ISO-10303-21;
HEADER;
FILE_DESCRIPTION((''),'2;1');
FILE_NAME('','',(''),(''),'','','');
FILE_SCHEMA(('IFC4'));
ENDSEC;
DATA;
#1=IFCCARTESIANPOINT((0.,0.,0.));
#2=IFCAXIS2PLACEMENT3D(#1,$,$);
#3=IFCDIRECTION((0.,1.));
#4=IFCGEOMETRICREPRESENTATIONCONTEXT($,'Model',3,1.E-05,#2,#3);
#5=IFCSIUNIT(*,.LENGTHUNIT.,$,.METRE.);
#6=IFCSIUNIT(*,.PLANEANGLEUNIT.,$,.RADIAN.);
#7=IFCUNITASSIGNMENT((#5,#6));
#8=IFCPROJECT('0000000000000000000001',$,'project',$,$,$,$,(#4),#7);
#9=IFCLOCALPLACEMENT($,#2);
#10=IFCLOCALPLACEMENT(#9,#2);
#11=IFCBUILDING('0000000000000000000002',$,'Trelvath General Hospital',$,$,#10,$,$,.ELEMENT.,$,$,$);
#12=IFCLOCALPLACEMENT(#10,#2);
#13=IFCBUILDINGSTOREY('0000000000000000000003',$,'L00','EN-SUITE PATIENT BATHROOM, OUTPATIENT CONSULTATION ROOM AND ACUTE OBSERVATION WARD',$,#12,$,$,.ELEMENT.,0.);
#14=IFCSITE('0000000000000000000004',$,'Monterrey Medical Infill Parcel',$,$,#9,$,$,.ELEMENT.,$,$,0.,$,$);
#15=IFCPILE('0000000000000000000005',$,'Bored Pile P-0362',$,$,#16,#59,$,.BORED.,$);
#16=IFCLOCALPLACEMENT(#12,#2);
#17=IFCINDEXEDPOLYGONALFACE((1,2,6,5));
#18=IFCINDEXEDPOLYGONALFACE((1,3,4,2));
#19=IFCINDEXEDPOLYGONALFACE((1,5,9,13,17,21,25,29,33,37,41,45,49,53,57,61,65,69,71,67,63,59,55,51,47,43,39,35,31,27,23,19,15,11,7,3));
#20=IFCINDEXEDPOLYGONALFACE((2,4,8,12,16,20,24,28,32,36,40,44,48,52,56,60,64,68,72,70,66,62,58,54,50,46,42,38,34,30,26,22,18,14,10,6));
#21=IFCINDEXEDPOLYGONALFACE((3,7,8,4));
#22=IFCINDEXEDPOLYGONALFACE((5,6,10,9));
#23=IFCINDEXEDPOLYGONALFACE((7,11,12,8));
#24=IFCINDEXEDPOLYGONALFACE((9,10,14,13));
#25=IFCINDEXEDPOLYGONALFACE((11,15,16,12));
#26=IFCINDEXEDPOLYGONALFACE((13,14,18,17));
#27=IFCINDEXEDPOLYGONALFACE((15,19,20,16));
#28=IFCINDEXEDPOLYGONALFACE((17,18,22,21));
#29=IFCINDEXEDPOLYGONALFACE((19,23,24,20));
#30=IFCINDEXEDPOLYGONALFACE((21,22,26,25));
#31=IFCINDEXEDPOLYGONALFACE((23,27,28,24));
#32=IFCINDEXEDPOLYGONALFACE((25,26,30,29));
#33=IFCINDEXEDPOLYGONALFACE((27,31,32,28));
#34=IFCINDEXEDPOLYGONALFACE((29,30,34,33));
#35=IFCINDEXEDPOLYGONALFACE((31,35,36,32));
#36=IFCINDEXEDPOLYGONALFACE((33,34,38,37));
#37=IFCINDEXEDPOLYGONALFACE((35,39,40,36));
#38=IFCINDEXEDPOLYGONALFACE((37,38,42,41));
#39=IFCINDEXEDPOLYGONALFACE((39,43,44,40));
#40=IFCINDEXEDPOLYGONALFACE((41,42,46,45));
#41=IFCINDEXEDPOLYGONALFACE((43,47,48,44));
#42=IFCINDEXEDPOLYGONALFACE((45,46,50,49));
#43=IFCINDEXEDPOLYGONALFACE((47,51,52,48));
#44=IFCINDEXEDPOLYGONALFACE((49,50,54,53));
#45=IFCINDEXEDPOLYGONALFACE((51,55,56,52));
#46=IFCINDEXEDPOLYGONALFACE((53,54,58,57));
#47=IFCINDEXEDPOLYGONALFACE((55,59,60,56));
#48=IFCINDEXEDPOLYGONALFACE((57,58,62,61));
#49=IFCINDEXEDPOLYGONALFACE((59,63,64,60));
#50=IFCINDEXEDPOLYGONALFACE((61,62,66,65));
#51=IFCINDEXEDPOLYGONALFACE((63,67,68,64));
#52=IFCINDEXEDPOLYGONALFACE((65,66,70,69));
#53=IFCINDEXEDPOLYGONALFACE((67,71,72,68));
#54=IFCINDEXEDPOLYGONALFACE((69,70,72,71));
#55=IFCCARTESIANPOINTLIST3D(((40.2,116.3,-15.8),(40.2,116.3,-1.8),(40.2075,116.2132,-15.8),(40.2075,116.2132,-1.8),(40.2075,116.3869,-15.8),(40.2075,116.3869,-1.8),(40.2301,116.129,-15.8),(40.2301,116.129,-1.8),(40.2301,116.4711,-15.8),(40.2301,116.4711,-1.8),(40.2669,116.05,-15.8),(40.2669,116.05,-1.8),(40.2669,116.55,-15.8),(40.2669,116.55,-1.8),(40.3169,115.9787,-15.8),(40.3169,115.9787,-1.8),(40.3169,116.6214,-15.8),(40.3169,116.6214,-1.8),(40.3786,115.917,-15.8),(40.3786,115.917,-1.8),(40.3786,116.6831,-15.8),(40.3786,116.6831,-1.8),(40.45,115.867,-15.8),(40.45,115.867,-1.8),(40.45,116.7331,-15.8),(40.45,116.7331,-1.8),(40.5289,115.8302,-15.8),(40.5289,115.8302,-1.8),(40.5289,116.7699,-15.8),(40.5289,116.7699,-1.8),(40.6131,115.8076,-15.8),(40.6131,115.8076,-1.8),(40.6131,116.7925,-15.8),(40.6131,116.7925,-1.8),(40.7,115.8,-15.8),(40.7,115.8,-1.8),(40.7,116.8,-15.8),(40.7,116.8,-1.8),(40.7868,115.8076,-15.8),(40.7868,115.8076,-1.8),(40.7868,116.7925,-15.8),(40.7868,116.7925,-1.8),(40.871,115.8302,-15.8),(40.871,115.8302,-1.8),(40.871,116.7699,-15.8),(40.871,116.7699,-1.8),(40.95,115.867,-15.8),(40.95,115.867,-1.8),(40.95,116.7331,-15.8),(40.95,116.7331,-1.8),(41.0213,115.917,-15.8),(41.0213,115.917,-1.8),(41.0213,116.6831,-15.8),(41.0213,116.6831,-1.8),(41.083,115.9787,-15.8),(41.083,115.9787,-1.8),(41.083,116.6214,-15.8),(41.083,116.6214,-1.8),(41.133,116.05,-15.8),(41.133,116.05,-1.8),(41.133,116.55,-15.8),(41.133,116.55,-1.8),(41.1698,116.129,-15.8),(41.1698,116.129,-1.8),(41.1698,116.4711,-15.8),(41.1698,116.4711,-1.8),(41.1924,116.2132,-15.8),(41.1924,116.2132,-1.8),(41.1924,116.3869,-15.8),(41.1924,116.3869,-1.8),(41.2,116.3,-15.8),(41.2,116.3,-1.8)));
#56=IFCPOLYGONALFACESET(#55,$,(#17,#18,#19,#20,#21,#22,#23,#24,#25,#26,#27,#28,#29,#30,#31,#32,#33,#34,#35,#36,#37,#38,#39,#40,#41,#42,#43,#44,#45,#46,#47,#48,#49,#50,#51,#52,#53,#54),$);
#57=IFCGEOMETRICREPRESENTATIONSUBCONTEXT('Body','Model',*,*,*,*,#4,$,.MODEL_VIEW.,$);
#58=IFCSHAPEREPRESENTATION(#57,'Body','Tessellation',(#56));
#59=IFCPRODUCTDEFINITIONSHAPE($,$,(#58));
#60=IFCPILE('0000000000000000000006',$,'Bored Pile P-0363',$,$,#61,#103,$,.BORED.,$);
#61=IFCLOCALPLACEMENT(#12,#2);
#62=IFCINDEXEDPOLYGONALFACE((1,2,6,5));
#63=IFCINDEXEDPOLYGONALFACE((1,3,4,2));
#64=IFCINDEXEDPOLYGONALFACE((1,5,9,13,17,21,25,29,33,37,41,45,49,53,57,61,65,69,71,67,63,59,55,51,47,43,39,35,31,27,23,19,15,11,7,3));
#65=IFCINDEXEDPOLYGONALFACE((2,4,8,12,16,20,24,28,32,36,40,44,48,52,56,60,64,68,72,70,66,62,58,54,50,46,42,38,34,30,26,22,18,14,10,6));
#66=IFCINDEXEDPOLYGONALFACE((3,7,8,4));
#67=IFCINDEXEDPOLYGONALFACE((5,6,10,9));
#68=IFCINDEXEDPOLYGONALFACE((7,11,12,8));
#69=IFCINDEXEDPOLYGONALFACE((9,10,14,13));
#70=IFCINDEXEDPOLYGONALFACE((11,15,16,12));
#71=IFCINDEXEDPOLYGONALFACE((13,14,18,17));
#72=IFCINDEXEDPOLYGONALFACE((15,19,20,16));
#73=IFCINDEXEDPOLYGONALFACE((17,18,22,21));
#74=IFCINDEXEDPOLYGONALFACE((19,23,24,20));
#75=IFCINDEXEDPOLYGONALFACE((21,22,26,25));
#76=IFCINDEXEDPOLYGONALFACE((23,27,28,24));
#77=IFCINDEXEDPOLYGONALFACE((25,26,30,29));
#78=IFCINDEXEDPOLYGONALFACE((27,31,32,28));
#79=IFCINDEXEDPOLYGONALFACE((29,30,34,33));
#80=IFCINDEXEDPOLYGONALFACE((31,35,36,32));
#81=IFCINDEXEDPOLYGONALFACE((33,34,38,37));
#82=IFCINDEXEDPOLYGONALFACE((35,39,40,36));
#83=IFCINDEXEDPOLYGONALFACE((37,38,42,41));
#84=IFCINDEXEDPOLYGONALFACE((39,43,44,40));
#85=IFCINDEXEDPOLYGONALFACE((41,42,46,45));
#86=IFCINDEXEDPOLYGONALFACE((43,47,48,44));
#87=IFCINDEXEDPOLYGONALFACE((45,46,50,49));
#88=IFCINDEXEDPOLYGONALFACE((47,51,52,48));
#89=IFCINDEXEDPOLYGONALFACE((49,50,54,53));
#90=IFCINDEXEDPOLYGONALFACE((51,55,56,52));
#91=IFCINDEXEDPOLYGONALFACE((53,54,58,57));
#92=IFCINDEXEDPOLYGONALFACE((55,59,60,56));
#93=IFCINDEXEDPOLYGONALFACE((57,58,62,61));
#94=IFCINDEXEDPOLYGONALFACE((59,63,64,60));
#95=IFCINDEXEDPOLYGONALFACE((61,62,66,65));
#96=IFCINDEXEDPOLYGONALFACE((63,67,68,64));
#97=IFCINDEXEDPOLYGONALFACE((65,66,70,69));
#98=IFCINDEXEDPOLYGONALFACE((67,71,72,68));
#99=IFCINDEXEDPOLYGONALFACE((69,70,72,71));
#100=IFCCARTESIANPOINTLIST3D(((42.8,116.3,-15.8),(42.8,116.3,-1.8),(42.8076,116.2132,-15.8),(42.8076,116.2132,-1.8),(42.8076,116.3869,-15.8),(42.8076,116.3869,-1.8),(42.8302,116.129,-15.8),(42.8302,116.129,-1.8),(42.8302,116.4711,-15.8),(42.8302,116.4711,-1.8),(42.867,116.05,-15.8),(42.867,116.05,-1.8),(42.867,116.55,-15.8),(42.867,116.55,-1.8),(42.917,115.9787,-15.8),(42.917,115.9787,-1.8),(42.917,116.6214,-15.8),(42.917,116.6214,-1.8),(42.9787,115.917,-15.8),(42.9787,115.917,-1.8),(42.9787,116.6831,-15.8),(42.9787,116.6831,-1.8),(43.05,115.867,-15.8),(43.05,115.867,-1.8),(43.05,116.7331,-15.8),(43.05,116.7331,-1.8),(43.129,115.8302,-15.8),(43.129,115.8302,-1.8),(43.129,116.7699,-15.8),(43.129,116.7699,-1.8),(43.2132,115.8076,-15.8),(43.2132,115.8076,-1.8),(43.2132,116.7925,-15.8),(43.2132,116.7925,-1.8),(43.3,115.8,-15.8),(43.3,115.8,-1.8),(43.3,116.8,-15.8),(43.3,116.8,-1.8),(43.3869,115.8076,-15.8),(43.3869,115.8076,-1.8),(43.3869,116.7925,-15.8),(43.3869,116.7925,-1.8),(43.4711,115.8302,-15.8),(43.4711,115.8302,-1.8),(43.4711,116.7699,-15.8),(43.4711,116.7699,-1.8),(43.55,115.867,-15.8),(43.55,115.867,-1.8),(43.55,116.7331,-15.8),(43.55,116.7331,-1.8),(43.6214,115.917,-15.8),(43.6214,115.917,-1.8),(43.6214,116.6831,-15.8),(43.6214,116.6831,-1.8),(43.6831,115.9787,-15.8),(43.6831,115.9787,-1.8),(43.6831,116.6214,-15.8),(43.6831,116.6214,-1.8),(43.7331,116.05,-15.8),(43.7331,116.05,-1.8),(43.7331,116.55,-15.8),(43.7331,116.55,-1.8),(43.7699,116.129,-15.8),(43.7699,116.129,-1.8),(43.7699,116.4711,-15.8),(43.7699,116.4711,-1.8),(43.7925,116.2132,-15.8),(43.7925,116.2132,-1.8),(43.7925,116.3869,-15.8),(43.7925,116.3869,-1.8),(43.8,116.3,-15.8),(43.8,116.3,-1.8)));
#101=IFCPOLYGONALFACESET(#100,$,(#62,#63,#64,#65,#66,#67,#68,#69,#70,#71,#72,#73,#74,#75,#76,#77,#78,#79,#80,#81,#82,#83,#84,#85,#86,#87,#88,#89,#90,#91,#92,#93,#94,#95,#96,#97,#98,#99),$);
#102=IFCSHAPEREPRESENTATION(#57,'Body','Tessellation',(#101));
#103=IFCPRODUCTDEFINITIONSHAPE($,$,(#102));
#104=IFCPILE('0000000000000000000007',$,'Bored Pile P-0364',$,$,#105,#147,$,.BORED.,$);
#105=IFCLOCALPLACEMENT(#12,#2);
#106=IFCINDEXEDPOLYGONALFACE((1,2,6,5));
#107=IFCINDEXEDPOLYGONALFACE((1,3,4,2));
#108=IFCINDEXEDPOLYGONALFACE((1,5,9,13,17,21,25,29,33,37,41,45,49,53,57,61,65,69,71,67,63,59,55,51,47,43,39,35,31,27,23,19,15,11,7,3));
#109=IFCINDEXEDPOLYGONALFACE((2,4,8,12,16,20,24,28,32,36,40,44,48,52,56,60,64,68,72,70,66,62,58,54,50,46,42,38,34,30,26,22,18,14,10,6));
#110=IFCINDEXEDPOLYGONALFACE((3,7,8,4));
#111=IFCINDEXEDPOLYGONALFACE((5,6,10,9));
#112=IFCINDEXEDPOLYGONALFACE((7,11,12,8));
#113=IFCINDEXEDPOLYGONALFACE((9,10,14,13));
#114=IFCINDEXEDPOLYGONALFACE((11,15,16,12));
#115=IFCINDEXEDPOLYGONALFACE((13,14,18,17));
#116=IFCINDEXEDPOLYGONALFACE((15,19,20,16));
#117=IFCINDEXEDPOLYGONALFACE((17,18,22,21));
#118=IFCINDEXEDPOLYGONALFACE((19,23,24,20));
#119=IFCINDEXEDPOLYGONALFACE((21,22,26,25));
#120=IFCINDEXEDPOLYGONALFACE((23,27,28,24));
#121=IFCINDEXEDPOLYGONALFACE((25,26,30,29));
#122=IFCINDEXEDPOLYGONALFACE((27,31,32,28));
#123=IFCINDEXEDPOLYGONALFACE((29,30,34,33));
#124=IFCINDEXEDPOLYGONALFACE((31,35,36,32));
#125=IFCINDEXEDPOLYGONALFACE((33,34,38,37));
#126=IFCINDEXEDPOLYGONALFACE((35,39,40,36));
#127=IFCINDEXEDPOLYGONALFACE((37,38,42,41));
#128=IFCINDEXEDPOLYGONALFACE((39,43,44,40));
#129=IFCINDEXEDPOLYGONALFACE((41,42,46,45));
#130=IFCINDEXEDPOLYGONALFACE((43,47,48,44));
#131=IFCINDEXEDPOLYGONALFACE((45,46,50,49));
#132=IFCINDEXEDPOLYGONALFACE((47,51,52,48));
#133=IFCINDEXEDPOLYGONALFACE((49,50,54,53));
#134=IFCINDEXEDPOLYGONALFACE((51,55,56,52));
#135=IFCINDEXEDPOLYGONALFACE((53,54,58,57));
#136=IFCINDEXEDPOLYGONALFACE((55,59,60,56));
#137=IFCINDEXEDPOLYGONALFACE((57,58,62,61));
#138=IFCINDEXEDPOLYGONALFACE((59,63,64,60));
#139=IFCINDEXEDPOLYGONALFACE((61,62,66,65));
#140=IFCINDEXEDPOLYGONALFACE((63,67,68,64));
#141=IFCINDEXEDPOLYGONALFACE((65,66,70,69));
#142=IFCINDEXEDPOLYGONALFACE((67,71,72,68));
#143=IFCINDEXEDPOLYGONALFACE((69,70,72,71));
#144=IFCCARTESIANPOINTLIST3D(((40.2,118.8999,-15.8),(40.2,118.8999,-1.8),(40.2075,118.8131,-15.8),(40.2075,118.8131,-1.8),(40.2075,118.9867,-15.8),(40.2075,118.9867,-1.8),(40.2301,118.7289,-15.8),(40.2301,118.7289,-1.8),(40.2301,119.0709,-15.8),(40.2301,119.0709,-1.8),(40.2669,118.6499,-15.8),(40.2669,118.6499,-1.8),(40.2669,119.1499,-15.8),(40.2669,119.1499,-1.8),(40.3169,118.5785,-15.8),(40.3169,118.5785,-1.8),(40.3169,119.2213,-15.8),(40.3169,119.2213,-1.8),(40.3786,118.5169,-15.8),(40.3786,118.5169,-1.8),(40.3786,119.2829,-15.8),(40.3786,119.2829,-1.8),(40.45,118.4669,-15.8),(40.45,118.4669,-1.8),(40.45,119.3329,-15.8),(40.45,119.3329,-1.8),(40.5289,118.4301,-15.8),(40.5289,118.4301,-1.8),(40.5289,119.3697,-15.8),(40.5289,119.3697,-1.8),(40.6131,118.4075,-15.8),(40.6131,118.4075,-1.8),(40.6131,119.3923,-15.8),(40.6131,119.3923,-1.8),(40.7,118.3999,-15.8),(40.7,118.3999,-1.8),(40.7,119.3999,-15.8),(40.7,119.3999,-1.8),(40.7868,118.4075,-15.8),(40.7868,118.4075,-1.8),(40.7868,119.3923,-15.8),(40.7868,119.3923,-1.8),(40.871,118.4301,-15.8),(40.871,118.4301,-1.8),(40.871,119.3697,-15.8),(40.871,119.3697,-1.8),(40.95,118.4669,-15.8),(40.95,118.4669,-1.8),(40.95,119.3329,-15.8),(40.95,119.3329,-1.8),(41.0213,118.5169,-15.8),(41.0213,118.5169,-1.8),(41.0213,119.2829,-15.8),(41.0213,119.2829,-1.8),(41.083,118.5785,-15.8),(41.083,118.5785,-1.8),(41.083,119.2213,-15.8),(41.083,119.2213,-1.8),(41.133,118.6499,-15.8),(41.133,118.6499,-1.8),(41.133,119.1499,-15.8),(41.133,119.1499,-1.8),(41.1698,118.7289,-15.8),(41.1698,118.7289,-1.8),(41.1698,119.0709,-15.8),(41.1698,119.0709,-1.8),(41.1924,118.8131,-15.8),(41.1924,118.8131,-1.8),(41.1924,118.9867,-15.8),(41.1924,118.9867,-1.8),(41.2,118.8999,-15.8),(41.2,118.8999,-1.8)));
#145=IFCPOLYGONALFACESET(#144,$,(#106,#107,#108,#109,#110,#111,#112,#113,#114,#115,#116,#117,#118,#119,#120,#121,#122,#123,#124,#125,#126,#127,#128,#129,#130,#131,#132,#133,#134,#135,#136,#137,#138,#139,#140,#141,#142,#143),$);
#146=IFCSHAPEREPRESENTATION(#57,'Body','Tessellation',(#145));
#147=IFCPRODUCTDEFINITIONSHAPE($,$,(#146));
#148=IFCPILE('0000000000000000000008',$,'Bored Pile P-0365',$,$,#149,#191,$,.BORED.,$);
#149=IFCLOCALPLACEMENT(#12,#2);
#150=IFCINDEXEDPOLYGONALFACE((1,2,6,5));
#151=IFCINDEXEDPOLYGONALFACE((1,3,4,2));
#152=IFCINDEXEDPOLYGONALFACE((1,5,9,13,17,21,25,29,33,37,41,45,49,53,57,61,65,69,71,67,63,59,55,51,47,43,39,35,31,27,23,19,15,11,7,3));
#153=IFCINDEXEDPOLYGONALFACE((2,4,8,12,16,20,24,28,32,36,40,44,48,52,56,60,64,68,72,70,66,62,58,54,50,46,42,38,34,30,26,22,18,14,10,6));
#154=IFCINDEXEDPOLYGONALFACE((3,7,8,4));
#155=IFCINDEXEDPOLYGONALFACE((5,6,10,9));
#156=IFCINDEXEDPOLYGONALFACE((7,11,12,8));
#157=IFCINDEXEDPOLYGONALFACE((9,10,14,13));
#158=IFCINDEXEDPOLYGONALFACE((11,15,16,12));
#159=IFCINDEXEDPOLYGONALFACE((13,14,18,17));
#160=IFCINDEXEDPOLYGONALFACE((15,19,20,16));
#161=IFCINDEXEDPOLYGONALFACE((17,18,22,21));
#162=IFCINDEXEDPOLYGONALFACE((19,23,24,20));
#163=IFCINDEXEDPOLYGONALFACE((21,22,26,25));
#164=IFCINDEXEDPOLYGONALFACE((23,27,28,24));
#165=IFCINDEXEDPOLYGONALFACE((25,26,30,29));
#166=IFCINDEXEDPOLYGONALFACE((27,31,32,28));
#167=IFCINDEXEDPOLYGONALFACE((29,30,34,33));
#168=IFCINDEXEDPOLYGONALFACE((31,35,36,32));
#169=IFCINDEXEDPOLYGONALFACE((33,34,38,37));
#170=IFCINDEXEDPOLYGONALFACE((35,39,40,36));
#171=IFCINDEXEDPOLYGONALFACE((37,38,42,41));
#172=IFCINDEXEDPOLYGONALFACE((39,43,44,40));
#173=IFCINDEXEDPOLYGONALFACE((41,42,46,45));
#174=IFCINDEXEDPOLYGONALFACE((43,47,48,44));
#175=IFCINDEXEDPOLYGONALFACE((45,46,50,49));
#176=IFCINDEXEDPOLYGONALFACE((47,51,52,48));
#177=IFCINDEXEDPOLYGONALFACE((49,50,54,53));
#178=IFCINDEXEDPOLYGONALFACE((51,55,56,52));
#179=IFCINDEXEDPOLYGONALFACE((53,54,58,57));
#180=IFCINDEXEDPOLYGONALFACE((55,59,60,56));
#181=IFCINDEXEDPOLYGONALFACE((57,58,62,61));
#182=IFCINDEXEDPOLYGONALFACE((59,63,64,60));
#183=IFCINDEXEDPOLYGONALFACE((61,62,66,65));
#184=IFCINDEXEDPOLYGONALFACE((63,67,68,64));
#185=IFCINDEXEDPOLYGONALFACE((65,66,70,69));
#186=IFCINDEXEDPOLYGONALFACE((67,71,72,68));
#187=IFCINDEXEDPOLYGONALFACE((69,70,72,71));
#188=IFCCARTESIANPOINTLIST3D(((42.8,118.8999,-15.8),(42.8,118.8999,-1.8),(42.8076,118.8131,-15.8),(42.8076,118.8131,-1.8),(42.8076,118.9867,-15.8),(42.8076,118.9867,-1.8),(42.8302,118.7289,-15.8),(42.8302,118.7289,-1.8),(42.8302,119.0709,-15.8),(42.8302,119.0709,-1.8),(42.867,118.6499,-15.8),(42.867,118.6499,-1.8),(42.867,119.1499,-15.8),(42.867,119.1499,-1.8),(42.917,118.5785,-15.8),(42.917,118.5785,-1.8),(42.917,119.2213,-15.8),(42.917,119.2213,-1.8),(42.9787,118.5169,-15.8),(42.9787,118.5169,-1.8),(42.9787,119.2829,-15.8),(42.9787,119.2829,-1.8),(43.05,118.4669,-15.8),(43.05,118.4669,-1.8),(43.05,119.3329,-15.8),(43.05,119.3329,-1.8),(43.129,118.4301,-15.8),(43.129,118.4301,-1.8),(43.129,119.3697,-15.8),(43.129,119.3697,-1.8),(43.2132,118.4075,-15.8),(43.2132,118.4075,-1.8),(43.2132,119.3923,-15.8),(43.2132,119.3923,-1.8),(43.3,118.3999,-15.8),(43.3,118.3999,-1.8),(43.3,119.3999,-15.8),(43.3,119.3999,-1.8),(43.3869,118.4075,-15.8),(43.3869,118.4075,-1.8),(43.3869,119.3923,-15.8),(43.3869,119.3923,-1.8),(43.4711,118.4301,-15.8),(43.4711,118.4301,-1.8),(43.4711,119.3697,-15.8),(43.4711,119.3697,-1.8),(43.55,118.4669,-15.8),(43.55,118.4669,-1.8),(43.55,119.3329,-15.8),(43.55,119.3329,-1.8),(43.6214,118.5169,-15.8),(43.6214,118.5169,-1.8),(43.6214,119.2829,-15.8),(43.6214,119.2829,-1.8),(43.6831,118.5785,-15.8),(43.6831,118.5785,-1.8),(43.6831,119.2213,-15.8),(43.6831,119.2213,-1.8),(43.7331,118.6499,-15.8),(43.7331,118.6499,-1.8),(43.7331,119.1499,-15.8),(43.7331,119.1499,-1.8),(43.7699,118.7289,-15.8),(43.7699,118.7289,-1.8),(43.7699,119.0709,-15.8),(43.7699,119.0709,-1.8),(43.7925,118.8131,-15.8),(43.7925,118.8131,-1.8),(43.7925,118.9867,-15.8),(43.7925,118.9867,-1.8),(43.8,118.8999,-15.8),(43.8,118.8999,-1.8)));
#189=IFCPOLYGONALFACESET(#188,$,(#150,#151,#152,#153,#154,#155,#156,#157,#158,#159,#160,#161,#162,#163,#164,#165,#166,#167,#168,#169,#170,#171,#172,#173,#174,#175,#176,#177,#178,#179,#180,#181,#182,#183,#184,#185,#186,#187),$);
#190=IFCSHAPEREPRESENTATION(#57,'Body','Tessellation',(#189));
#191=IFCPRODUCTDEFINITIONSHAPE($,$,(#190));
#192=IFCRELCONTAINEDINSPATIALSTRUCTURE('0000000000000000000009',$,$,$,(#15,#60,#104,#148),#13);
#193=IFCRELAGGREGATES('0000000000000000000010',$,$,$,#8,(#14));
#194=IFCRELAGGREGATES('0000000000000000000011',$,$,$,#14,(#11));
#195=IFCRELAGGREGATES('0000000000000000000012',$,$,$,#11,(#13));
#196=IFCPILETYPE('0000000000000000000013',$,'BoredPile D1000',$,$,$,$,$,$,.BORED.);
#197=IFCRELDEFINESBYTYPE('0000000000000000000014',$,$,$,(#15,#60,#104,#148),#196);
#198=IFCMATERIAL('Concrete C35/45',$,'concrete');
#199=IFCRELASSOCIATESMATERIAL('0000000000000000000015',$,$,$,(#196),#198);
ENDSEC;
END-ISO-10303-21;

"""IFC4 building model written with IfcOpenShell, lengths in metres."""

from ifc_helpers import new_model, si_unit, direction, frame, origin, origin_2d, place, context, subcontext, project, spatial, circle, extrude, material, material_profile, profile_set, type_object, element, save


model = new_model("IFC4")

# Units and contexts
model_context = context("Model", 3, precision=1e-05, world=origin(), true_north=direction((0.0, 1.0)))
body_context = subcontext(model_context, "Body", "Model", "MODEL_VIEW")
ifc_project = project(units=[si_unit("LENGTHUNIT", "METRE"), si_unit("PLANEANGLEUNIT", "RADIAN")], contexts=[model_context])

# Site, building, storey
site_placement = place(None, origin())
site = spatial("IfcSite", under=ifc_project, at=site_placement, Name="Monterrey Medical Infill Parcel", CompositionType="ELEMENT", RefElevation=0.0)
building_placement = place(site_placement, origin())
building = spatial("IfcBuilding", under=site, at=building_placement, Name="Trelvath General Hospital", CompositionType="ELEMENT")
storey_placement = place(building_placement, origin())
storey = spatial("IfcBuildingStorey", under=building, at=storey_placement, Name="L00", Description="EN-SUITE PATIENT BATHROOM, OUTPATIENT CONSULTATION ROOM AND ACUTE OBSERVATION WARD", CompositionType="ELEMENT", Elevation=0.0)

# Piles
ifc_material_1 = material(Name="Concrete C35/45", Category="concrete")
ifc_material_profile_1 = material_profile(ifc_material_1, circle(Radius=0.5, at=origin_2d()), Name="PILE1000")
ifc_profile_set_1 = profile_set([ifc_material_profile_1], Name="Concrete C35/45")
pile_type_1 = type_object("IfcPileType", Name="BoredPile D1000", PredefinedType="BORED", material=ifc_profile_set_1)
for number, where, z_axis, x_axis, name in (
    (1, (40.7, 116.3, -1.8), (0.0, 0.0, -1.0), (1.0, 0.0, 0.0), "Bored Pile P-0362"),
    (2, (43.3, 116.3, -1.8), (0.0, 0.0, -1.0), (1.0, 0.0, 0.0), "Bored Pile P-0363"),
    (3, (40.7, 118.8999, -1.8), (0.0, 0.0, -1.0), (1.0, 0.0, 0.0), "Bored Pile P-0364"),
    (4, (43.3, 118.8999, -1.8), (0.0, 0.0, -1.0), (1.0, 0.0, 0.0), "Bored Pile P-0365"),
):
    element("IfcPile", number, at=place(storey_placement, frame(where, z_axis=z_axis, x_axis=x_axis)), inside=storey, type_object=pile_type_1, Name=name, PredefinedType="BORED", context=body_context, shape_type="SweptSolid", body=[
        extrude(circle(Radius=0.5, at=origin_2d()), origin(), (0.0, 0.0, 1.0), 14.0),
    ])

save(model, "model.ifc")
